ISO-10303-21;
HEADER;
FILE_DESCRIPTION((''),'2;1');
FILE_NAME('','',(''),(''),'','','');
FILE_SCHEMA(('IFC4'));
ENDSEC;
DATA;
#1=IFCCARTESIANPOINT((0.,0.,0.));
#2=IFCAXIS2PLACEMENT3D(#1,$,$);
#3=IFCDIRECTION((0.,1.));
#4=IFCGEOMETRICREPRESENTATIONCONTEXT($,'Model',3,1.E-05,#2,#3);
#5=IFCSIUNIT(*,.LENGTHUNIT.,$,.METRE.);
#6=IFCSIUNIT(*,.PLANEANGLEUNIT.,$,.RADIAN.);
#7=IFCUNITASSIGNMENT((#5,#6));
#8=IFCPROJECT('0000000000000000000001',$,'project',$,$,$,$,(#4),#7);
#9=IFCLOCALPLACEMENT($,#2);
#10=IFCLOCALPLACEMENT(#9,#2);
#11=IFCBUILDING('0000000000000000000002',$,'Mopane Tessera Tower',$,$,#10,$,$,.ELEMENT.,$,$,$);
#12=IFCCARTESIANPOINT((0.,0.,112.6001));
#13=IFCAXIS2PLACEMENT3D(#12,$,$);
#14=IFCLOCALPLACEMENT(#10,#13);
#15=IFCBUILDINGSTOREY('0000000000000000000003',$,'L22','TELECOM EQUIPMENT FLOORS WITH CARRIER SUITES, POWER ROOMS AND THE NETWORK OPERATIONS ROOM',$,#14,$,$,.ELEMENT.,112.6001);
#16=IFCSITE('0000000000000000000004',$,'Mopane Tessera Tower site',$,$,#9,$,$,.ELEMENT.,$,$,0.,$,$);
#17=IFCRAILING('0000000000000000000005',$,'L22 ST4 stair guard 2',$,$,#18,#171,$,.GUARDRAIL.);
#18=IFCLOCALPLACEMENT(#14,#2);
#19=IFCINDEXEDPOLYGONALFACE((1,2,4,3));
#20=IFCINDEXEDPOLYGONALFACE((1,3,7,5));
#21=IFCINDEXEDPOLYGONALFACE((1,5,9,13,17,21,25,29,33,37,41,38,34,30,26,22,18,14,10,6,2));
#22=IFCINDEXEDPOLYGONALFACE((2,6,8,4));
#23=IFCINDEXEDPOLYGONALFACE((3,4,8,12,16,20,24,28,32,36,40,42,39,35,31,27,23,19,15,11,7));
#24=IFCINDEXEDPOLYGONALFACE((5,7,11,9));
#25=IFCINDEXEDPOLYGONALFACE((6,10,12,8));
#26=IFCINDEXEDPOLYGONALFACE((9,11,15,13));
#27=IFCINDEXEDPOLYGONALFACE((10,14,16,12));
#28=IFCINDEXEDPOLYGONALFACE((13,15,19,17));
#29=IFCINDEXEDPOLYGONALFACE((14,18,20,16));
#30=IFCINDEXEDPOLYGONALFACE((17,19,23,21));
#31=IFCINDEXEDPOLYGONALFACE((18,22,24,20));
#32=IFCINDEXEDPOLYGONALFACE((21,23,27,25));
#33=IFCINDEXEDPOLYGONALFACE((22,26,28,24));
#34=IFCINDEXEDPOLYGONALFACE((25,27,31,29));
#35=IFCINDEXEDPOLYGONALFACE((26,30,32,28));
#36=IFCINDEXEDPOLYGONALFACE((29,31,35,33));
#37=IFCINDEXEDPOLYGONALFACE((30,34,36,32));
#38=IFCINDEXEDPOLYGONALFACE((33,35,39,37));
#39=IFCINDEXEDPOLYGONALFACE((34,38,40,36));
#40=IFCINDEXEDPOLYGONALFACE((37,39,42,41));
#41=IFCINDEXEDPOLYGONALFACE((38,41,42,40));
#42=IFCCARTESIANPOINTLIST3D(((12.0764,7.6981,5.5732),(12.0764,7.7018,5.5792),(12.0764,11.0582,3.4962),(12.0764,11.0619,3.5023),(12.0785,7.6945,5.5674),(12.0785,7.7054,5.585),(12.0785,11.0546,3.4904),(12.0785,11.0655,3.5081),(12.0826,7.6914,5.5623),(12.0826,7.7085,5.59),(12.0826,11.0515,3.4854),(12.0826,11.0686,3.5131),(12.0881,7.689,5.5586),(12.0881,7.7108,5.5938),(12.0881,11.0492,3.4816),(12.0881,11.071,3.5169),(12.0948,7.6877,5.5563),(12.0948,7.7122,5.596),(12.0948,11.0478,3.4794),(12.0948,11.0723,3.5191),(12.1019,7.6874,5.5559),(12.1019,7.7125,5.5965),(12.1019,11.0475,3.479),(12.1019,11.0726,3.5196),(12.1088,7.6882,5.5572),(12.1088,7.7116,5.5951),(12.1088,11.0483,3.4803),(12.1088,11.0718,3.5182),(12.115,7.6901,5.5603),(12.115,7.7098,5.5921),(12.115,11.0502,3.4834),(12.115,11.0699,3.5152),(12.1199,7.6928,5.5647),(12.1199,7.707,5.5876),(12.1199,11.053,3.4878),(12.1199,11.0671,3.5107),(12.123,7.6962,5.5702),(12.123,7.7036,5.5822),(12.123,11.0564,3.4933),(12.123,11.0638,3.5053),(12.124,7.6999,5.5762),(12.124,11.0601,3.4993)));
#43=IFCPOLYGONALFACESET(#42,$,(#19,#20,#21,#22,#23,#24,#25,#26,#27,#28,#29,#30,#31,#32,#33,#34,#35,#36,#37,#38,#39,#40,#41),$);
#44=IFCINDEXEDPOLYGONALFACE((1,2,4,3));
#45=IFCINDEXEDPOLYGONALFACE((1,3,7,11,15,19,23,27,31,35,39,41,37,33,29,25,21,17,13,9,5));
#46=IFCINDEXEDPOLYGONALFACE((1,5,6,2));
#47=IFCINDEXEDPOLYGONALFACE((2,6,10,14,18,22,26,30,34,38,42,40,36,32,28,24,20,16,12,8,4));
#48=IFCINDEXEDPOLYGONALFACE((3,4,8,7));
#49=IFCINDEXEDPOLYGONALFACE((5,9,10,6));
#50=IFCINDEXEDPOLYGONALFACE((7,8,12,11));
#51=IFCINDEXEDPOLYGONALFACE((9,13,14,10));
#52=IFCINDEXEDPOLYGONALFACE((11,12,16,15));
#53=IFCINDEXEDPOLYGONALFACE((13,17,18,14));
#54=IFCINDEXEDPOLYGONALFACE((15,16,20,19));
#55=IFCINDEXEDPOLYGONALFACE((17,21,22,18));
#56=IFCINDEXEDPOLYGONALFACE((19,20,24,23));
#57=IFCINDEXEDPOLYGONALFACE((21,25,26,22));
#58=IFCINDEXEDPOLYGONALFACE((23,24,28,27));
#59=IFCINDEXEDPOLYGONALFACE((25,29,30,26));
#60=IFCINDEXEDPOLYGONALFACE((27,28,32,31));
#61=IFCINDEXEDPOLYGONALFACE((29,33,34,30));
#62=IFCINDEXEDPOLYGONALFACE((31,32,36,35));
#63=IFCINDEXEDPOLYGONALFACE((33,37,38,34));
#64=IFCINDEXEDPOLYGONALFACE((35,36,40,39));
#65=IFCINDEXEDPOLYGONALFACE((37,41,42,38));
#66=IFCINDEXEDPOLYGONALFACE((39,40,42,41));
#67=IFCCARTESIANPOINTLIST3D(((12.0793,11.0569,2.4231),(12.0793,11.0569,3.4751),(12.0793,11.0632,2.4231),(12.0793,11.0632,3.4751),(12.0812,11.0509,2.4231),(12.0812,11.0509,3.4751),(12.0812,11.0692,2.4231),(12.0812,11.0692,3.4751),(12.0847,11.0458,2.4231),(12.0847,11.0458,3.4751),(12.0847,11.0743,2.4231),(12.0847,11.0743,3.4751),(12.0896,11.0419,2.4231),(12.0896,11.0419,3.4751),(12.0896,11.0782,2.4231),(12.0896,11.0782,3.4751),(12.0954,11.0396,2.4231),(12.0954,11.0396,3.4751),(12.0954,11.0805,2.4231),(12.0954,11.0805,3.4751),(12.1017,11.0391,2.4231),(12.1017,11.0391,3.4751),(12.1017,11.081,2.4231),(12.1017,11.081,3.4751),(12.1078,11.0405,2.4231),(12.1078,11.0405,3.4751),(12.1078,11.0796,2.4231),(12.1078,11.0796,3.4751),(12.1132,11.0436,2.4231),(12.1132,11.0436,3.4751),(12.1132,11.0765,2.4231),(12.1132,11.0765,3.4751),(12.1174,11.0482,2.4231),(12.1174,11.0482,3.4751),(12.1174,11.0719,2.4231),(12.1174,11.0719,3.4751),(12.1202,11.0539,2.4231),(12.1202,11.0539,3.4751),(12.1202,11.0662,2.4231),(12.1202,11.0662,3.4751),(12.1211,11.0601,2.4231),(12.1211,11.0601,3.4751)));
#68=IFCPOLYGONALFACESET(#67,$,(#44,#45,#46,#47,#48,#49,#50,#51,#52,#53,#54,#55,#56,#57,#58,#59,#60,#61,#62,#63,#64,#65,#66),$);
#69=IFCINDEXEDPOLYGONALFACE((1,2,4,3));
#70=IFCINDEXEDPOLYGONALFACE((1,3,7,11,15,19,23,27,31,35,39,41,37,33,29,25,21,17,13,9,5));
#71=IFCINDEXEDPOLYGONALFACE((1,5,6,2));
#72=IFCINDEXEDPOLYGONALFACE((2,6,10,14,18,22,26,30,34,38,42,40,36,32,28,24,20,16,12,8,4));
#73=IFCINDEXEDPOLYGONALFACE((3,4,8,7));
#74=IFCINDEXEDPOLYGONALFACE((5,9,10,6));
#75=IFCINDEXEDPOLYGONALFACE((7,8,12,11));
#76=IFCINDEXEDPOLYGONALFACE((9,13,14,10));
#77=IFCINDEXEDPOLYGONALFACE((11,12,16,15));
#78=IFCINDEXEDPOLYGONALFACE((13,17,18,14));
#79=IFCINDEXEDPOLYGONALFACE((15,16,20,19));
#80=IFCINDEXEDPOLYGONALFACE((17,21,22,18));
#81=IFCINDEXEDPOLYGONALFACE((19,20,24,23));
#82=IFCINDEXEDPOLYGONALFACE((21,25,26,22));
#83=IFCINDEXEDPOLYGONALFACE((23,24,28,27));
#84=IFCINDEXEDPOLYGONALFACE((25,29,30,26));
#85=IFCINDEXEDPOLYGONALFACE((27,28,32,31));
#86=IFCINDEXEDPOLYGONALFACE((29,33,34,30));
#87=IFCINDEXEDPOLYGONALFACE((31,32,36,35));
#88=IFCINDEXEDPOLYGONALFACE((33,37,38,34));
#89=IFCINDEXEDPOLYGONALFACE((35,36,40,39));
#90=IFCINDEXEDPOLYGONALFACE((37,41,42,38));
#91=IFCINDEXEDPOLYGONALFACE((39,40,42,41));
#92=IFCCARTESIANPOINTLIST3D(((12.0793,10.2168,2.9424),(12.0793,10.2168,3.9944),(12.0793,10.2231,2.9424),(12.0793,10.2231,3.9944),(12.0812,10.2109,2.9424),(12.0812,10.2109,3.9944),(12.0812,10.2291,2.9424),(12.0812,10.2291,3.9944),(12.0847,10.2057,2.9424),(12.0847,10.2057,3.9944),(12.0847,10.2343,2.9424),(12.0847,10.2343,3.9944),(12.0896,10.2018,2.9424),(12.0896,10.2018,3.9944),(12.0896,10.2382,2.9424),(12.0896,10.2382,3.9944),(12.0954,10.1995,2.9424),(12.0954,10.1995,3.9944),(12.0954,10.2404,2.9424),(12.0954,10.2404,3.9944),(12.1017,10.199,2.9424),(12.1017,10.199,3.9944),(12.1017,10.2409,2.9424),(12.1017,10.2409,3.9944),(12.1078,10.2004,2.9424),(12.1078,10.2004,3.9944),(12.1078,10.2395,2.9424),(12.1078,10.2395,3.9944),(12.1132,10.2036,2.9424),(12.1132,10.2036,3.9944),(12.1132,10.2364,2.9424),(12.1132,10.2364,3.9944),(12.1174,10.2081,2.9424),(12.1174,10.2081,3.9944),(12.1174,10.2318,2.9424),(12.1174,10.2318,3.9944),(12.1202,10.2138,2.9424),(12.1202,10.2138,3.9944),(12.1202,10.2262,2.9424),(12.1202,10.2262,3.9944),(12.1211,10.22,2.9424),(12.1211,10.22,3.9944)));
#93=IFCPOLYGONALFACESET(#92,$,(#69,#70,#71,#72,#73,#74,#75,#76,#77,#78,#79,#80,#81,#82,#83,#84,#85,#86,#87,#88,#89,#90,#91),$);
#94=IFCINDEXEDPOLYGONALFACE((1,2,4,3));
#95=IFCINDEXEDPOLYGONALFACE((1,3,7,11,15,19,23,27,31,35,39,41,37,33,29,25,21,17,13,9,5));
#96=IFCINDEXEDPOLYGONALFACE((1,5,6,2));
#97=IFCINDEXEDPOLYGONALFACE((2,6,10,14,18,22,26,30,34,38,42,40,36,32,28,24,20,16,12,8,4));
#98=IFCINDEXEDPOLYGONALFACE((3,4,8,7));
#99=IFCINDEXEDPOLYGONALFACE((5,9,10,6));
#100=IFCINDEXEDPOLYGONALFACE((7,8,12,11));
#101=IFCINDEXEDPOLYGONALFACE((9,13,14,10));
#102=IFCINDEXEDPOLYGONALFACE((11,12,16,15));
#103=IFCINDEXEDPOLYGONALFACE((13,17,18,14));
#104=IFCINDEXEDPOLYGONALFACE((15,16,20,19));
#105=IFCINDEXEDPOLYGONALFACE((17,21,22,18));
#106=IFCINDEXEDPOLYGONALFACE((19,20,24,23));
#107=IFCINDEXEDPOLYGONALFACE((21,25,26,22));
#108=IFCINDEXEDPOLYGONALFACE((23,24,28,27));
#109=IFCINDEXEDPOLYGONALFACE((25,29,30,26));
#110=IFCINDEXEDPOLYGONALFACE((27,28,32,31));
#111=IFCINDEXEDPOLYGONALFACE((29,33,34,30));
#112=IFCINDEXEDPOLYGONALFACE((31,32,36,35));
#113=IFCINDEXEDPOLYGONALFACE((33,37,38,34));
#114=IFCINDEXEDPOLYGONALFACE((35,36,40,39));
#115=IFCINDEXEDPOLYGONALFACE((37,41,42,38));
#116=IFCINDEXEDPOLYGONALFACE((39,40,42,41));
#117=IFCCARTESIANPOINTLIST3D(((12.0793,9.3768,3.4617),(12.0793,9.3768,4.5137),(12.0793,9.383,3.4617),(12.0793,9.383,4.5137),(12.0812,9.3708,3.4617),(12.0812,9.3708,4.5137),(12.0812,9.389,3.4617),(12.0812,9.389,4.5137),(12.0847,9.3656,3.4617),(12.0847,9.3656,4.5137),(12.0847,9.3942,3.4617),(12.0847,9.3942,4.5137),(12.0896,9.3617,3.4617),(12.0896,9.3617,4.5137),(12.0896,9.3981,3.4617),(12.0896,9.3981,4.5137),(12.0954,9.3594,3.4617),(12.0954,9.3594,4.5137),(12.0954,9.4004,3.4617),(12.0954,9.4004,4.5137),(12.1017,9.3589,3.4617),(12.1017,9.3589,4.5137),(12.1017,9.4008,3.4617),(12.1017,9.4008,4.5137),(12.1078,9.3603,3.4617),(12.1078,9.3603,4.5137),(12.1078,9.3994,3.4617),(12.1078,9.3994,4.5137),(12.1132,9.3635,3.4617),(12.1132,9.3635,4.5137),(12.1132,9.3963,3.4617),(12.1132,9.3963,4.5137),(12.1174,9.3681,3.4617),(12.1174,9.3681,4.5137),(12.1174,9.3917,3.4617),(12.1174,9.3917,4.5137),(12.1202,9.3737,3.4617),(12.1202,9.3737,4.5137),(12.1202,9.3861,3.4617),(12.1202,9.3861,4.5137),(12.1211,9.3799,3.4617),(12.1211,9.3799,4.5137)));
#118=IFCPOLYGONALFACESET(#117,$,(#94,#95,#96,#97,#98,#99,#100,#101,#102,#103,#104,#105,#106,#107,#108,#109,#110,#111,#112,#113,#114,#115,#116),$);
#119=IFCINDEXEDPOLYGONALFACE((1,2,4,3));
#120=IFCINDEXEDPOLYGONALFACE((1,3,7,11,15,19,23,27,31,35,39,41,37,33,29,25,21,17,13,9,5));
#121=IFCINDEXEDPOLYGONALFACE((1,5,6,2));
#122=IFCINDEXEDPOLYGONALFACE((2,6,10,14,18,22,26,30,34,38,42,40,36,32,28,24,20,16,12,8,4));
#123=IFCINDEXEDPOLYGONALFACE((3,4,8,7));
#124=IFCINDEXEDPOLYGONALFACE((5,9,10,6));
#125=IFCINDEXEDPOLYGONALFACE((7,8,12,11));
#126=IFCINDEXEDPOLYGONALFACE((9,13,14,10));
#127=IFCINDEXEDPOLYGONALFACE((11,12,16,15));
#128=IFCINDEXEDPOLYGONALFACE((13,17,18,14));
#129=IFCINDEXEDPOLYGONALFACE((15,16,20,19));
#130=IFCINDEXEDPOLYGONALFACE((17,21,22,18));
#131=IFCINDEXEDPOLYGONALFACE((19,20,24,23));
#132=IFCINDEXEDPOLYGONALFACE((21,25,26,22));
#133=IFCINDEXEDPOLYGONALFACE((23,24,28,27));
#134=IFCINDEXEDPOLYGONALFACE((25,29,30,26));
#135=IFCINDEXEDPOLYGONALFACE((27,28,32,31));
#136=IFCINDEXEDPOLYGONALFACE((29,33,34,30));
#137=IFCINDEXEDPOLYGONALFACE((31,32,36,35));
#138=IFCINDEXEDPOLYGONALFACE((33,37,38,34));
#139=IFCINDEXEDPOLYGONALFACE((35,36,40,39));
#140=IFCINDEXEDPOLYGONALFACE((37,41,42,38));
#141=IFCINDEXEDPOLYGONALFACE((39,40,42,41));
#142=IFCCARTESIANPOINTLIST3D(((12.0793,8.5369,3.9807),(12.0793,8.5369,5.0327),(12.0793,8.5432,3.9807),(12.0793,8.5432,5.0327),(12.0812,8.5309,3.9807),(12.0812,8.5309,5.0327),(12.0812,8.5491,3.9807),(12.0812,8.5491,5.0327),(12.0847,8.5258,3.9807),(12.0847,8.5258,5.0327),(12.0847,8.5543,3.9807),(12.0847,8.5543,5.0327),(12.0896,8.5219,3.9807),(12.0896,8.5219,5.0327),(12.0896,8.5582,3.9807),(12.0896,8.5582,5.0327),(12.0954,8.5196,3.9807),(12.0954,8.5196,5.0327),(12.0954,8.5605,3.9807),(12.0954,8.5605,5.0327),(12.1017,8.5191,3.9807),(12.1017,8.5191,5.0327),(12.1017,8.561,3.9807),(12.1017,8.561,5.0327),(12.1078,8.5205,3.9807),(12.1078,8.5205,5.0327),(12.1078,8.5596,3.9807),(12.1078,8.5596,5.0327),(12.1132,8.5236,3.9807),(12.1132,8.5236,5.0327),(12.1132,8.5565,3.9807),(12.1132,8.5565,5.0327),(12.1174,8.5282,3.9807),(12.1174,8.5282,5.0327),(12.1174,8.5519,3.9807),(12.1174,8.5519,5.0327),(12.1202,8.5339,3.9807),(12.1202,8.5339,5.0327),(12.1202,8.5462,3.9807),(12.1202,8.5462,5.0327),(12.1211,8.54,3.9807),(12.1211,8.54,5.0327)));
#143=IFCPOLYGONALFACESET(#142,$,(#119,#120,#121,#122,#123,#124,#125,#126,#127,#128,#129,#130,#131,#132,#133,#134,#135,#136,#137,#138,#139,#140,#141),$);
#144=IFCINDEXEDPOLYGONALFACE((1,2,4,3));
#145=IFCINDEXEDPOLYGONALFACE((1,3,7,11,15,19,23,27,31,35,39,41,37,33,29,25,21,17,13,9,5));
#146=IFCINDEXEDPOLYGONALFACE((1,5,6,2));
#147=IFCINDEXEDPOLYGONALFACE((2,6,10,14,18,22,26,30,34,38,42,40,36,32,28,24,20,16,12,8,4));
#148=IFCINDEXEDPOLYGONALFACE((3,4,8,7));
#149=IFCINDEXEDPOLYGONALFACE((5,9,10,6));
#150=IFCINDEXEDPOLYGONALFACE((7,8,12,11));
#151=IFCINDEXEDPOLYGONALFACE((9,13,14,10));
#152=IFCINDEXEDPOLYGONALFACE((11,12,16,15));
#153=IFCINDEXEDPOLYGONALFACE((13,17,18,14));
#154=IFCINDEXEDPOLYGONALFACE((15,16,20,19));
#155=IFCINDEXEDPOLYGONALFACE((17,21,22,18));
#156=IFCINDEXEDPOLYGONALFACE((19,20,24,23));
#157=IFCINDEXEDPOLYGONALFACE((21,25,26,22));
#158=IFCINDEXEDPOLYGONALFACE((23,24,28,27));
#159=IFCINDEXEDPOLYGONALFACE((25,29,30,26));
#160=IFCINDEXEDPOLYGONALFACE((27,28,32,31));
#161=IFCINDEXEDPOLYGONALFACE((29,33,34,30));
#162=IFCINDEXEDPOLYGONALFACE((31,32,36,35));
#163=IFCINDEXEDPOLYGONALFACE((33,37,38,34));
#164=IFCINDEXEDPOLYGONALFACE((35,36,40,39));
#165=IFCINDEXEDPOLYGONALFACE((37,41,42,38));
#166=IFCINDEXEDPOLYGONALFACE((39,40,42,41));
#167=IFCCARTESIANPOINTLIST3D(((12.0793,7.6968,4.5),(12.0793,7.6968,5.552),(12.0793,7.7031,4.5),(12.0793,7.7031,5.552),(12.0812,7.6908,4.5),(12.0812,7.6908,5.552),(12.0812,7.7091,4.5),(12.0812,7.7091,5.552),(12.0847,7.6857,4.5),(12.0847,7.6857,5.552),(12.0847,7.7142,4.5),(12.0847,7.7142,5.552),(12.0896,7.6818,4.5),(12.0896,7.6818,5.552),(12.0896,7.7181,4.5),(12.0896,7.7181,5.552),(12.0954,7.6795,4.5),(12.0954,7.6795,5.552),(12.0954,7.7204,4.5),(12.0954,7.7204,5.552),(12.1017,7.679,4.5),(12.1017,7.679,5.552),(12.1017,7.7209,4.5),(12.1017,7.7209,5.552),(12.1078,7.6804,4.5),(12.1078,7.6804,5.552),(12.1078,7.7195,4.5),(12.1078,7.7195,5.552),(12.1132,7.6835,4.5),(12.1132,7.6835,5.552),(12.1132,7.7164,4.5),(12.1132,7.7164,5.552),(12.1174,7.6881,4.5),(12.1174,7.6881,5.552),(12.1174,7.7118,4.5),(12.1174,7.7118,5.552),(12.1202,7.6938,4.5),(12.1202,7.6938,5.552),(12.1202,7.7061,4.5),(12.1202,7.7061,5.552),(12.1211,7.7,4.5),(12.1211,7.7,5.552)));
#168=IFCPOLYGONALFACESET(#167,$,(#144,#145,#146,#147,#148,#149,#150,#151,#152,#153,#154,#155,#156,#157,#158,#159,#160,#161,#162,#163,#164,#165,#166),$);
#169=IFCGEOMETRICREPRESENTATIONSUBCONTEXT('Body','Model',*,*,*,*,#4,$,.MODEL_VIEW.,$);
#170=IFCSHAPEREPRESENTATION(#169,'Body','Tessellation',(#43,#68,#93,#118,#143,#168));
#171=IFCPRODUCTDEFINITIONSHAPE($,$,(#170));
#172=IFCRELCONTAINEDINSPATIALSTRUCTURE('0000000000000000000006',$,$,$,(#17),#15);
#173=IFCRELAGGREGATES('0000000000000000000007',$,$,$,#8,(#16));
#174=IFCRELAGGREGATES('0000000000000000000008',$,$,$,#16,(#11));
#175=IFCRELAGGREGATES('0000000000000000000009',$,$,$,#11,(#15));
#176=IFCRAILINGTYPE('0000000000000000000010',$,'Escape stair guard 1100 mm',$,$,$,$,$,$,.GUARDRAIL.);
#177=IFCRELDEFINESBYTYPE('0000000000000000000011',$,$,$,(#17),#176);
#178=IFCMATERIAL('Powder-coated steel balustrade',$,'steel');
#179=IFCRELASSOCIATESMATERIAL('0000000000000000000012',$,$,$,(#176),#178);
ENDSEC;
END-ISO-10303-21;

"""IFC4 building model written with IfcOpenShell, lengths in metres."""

from ifc_helpers import new_model, si_unit, direction, frame, origin, origin_2d, place, context, subcontext, project, spatial, circle, extrude, material, type_object, element, save


model = new_model("IFC4")

# Units and contexts
model_context = context("Model", 3, precision=1e-05, world=origin(), true_north=direction((0.0, 1.0)))
body_context = subcontext(model_context, "Body", "Model", "MODEL_VIEW")
ifc_project = project(units=[si_unit("LENGTHUNIT", "METRE"), si_unit("PLANEANGLEUNIT", "RADIAN")], contexts=[model_context])

# Site, building, storey
site_placement = place(None, origin())
site = spatial("IfcSite", under=ifc_project, at=site_placement, Name="Mopane Tessera Tower site", CompositionType="ELEMENT", RefElevation=0.0)
building_placement = place(site_placement, origin())
building = spatial("IfcBuilding", under=site, at=building_placement, Name="Mopane Tessera Tower", CompositionType="ELEMENT")
storey_placement = place(building_placement, frame((0.0, 0.0, 112.6001)))
storey = spatial("IfcBuildingStorey", under=building, at=storey_placement, Name="L22", Description="TELECOM EQUIPMENT FLOORS WITH CARRIER SUITES, POWER ROOMS AND THE NETWORK OPERATIONS ROOM", CompositionType="ELEMENT", Elevation=112.6001)

# Railing
ifc_material_1 = material(Name="Powder-coated steel balustrade", Category="steel")
railing_type_1 = type_object("IfcRailingType", Name="Escape stair guard 1100 mm", PredefinedType="GUARDRAIL", material=ifc_material_1)
railing_1_placement = place(storey_placement, frame((12.1001, 11.0601, 2.4231)))
element("IfcRailing", 1, at=railing_1_placement, inside=storey, type_object=railing_type_1, Name="L22 ST4 stair guard 2", PredefinedType="GUARDRAIL", context=body_context, shape_type="SweptSolid", body=[
    extrude(circle(Radius=0.0239, at=origin_2d()), frame((0.0, 0.0, 1.0762), z_axis=(0.0, -0.850623, 0.525776), x_axis=(1.0, 0.0, 0.0)), (0.0, 0.0, 1.0), 3.9502),
    extrude(circle(Radius=0.021, at=origin_2d()), origin(), (0.0, 0.0, 1.0), 1.052),
    extrude(circle(Radius=0.021, at=origin_2d()), frame((0.0, -0.8401, 0.5193)), (0.0, 0.0, 1.0), 1.052),
    extrude(circle(Radius=0.021, at=origin_2d()), frame((0.0, -1.6802, 1.0386)), (0.0, 0.0, 1.0), 1.052),
    extrude(circle(Radius=0.021, at=origin_2d()), frame((0.0, -2.52, 1.5576)), (0.0, 0.0, 1.0), 1.052),
    extrude(circle(Radius=0.021, at=origin_2d()), frame((0.0, -3.3601, 2.0769)), (0.0, 0.0, 1.0), 1.052),
])

save(model, "model.ifc")
